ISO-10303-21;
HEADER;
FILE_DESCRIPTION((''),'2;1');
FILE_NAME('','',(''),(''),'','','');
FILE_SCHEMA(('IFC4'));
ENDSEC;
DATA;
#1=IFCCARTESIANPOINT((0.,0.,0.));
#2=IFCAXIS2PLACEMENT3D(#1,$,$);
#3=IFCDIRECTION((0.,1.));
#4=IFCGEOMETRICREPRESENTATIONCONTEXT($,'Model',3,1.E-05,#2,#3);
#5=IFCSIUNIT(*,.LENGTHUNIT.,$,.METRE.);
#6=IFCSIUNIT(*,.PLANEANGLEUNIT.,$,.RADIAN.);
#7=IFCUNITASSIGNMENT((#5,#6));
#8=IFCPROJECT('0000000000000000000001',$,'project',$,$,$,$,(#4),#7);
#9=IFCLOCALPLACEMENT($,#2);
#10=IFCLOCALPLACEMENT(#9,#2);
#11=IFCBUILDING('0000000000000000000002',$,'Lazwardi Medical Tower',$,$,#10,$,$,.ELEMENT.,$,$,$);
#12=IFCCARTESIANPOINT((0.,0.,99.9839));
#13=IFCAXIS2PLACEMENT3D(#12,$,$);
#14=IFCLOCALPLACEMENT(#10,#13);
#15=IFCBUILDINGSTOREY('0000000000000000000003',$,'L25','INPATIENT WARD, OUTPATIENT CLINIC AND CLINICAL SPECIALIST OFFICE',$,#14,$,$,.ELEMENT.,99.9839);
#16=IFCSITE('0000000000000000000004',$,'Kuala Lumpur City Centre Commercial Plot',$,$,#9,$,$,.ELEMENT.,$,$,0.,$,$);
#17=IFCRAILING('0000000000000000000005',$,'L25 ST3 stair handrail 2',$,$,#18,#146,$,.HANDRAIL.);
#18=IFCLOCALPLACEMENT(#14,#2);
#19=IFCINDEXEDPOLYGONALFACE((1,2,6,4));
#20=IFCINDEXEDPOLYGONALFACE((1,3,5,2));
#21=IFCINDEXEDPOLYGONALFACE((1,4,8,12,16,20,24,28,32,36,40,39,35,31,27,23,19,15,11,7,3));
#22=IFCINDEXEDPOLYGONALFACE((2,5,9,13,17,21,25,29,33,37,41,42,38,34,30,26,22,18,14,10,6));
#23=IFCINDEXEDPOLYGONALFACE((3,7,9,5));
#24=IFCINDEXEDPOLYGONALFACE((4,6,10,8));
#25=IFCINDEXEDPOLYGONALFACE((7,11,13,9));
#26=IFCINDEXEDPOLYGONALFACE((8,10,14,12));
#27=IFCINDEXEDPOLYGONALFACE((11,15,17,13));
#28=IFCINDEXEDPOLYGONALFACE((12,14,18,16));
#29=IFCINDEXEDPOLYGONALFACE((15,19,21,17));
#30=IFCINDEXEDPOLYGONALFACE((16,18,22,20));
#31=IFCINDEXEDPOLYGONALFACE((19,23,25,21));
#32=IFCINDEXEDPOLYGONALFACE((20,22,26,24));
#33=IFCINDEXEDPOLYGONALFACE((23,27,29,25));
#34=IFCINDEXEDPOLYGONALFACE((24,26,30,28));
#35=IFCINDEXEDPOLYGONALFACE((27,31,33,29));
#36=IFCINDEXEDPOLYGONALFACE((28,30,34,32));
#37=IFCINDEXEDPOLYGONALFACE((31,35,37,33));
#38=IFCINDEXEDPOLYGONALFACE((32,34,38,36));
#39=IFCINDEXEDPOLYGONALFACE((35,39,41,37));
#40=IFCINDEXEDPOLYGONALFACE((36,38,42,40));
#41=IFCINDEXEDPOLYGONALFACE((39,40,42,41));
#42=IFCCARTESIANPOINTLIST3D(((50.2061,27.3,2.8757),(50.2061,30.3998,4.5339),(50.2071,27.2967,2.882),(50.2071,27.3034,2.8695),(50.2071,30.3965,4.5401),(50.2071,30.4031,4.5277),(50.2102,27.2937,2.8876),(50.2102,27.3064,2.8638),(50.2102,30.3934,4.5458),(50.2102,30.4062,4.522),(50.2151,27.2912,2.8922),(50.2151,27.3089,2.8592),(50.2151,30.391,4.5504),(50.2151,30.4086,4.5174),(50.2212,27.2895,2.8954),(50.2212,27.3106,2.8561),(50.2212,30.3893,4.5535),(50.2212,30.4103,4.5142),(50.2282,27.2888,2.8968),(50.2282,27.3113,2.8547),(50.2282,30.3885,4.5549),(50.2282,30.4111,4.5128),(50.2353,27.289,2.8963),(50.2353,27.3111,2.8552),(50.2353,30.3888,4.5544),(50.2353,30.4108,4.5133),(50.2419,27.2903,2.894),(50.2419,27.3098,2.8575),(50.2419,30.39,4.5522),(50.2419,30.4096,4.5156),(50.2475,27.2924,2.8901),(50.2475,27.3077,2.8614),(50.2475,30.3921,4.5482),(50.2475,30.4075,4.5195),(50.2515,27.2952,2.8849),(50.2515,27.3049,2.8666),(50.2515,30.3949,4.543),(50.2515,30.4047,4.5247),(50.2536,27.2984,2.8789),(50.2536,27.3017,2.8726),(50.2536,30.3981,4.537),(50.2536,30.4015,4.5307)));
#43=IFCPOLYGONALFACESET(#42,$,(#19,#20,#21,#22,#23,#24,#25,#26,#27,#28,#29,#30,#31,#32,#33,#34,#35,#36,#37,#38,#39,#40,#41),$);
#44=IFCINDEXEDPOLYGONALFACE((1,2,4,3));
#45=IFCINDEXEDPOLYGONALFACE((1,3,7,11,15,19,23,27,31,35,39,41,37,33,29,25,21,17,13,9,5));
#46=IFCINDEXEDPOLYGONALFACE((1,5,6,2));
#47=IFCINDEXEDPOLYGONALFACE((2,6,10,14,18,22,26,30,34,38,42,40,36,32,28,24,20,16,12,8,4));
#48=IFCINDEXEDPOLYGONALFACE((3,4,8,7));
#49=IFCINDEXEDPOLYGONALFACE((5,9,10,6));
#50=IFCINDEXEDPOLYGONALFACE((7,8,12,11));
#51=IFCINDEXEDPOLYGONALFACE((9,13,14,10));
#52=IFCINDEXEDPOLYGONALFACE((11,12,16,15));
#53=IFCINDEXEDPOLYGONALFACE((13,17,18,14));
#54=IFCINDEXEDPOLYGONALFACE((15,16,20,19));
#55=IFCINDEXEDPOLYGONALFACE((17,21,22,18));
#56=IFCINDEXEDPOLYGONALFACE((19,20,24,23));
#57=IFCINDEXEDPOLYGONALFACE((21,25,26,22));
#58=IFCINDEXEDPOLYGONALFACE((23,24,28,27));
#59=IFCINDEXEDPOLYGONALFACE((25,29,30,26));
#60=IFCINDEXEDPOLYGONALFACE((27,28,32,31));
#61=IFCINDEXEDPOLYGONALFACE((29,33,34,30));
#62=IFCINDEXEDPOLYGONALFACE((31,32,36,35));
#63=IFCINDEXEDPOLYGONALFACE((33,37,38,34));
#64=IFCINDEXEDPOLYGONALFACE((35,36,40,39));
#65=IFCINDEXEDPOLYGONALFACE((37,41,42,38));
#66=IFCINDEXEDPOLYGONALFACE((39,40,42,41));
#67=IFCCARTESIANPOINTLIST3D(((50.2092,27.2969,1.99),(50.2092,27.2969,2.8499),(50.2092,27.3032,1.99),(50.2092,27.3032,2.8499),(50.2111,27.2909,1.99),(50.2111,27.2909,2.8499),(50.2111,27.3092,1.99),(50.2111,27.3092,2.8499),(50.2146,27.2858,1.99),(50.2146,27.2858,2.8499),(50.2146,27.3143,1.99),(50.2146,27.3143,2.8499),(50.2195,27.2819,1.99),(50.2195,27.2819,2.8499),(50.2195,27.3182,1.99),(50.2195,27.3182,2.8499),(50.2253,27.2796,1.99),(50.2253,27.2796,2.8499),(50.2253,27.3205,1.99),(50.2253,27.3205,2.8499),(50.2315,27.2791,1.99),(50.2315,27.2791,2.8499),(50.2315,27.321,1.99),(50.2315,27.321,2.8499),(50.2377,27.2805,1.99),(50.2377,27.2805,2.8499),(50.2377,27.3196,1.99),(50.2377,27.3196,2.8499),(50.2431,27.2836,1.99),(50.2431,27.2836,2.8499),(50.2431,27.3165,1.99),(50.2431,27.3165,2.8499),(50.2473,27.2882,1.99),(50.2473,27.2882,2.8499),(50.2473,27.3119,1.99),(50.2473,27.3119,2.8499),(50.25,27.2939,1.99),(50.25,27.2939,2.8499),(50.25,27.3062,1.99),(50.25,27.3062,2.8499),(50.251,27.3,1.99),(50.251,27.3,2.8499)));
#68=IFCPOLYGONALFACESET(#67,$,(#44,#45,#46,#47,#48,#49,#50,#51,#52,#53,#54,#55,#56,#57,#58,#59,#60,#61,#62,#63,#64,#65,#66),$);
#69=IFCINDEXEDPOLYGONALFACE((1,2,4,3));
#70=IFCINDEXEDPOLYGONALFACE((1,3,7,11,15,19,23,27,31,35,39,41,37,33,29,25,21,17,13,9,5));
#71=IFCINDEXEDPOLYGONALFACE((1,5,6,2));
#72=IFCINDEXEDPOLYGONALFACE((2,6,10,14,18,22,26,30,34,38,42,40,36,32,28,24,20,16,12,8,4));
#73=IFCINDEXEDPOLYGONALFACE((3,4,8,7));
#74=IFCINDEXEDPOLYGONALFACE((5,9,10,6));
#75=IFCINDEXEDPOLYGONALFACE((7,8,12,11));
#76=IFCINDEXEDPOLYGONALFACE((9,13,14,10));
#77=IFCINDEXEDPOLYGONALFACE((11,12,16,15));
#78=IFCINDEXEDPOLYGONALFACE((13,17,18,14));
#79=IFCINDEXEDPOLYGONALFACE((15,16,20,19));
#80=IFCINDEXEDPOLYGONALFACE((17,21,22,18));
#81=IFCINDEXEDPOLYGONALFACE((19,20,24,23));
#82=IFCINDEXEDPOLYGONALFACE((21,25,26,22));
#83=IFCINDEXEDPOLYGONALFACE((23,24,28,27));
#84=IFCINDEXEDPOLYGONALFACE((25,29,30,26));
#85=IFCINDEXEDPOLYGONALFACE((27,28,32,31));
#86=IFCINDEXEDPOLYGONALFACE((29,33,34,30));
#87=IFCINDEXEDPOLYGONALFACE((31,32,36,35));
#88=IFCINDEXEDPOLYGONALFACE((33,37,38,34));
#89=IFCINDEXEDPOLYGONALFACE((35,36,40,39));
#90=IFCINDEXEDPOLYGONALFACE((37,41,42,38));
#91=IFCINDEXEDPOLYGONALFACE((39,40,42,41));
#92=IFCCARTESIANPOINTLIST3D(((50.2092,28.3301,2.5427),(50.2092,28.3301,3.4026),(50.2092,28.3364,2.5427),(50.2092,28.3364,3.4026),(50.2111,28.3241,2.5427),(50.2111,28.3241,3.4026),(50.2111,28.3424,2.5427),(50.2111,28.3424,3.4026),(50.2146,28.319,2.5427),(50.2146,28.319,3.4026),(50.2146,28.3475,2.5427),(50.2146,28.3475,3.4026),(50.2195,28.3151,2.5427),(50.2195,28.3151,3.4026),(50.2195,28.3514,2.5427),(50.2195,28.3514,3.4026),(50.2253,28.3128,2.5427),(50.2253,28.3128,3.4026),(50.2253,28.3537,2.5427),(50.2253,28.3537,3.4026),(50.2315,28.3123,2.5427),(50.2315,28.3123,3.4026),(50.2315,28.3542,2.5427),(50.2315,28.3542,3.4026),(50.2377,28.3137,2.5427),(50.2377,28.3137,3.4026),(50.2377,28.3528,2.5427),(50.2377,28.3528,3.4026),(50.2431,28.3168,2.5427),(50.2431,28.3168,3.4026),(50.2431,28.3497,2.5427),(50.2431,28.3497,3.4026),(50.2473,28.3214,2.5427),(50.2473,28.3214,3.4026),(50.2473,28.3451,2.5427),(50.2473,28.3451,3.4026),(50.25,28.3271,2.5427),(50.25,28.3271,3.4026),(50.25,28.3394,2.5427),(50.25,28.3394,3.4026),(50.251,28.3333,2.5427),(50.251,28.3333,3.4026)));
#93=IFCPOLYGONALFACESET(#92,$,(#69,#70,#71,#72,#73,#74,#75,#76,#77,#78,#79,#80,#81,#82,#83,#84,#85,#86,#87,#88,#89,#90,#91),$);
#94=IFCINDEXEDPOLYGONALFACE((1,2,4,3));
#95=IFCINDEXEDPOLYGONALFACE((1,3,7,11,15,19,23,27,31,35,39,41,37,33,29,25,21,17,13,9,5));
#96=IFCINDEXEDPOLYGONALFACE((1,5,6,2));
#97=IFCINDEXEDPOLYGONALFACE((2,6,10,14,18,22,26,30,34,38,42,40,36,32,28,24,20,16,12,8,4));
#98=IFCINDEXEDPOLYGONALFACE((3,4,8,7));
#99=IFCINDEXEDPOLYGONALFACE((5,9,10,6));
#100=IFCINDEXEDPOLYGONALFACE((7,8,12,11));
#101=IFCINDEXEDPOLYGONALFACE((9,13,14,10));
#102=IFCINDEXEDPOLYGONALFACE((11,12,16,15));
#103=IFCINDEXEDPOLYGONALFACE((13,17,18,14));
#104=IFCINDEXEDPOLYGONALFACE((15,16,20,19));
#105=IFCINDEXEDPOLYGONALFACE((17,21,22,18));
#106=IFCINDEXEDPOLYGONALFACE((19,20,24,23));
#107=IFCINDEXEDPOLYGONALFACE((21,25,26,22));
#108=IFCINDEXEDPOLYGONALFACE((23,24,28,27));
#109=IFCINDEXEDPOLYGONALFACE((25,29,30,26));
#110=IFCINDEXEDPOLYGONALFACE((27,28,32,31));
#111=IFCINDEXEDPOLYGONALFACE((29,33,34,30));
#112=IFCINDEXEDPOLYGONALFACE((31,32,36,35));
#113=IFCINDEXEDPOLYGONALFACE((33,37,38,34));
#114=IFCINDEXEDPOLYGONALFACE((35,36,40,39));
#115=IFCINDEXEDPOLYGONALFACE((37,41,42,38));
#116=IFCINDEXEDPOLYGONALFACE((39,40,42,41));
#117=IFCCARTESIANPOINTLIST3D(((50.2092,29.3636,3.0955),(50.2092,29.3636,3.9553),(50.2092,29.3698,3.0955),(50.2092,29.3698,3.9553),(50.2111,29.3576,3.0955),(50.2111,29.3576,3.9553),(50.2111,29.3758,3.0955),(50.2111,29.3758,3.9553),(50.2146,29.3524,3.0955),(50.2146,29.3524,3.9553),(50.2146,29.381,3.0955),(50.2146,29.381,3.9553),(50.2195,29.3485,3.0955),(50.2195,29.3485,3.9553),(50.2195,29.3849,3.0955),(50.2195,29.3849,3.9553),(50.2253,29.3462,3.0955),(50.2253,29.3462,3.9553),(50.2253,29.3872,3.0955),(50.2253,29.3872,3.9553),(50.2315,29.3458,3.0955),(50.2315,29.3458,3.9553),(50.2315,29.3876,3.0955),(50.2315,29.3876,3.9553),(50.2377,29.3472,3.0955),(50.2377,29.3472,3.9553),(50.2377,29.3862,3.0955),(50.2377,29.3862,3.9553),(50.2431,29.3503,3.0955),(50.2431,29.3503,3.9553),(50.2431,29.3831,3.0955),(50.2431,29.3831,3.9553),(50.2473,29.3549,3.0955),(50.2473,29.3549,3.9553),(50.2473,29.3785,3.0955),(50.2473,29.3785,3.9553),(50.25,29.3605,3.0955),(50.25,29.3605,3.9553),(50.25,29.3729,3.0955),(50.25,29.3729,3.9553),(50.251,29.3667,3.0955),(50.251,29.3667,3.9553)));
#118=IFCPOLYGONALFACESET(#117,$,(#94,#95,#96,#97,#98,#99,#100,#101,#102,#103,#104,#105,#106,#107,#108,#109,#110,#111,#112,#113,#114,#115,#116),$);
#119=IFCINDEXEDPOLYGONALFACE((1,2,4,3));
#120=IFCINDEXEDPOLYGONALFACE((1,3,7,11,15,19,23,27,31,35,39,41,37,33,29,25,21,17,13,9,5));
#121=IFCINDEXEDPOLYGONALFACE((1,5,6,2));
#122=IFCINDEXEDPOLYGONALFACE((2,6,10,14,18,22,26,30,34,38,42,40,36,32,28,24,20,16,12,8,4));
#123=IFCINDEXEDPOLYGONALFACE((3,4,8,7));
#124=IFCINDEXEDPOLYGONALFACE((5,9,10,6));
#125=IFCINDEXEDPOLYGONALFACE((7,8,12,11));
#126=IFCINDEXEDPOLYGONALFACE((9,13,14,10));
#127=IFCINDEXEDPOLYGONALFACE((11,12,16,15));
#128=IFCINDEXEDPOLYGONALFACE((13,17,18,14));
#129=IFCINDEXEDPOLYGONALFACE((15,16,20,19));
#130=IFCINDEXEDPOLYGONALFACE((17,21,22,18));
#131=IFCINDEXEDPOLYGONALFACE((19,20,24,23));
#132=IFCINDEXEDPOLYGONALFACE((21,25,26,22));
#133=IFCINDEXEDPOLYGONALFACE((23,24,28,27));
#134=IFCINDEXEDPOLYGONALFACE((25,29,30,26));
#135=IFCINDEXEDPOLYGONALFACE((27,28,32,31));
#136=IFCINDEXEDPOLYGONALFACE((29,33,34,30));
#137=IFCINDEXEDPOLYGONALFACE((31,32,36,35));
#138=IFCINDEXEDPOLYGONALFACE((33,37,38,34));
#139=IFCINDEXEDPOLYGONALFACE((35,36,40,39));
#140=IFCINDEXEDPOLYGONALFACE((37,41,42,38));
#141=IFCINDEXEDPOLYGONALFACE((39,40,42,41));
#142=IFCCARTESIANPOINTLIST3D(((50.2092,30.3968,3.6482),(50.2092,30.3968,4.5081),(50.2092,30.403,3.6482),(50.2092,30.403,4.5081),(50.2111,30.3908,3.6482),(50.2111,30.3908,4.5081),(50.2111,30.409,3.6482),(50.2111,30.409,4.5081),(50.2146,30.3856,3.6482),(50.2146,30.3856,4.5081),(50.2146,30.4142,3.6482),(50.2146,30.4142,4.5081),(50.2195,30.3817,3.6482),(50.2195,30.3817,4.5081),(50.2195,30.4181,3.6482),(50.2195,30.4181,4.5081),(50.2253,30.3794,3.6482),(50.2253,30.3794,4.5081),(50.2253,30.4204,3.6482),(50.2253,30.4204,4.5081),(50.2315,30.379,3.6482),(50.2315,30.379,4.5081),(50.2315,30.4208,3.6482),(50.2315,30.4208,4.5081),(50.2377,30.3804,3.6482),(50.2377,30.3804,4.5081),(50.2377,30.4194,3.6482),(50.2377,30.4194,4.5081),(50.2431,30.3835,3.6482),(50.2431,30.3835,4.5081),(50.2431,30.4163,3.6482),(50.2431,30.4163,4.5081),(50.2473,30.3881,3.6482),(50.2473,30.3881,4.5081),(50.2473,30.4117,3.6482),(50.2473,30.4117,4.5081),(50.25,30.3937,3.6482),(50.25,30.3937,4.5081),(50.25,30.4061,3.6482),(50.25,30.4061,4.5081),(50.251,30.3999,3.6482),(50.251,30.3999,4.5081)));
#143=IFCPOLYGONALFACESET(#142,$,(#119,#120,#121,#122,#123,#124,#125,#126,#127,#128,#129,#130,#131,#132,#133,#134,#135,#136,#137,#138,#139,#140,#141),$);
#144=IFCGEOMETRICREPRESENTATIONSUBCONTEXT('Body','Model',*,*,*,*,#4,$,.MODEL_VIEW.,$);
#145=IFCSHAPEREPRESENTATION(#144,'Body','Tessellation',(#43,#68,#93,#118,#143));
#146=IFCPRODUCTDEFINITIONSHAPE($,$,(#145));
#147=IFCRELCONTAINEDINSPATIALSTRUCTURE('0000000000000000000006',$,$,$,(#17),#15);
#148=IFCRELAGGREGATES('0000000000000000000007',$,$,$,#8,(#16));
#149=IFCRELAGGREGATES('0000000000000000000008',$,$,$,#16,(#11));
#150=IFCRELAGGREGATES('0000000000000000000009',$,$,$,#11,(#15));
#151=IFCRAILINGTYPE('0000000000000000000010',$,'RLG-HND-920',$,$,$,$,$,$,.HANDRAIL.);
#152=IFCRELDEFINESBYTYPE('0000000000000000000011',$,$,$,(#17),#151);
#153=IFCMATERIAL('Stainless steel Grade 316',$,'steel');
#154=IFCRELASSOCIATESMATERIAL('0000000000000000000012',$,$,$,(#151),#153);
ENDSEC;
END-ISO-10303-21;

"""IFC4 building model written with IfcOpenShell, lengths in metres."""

from ifc_helpers import new_model, si_unit, direction, frame, origin, origin_2d, place, context, subcontext, project, spatial, circle, extrude, material, type_object, element, save


model = new_model("IFC4")

# Units and contexts
model_context = context("Model", 3, precision=1e-05, world=origin(), true_north=direction((0.0, 1.0)))
body_context = subcontext(model_context, "Body", "Model", "MODEL_VIEW")
ifc_project = project(units=[si_unit("LENGTHUNIT", "METRE"), si_unit("PLANEANGLEUNIT", "RADIAN")], contexts=[model_context])

# Site, building, storey
site_placement = place(None, origin())
site = spatial("IfcSite", under=ifc_project, at=site_placement, Name="Kuala Lumpur City Centre Commercial Plot", CompositionType="ELEMENT", RefElevation=0.0)
building_placement = place(site_placement, origin())
building = spatial("IfcBuilding", under=site, at=building_placement, Name="Lazwardi Medical Tower", CompositionType="ELEMENT")
storey_placement = place(building_placement, frame((0.0, 0.0, 99.9839)))
storey = spatial("IfcBuildingStorey", under=building, at=storey_placement, Name="L25", Description="INPATIENT WARD, OUTPATIENT CLINIC AND CLINICAL SPECIALIST OFFICE", CompositionType="ELEMENT", Elevation=99.9839)

# Railing
ifc_material_1 = material(Name="Stainless steel Grade 316", Category="steel")
railing_type_1 = type_object("IfcRailingType", Name="RLG-HND-920", PredefinedType="HANDRAIL", material=ifc_material_1)
railing_1_placement = place(storey_placement, frame((50.23, 27.3, 1.99)))
element("IfcRailing", 1, at=railing_1_placement, inside=storey, type_object=railing_type_1, Name="L25 ST3 stair handrail 2", PredefinedType="HANDRAIL", context=body_context, shape_type="SweptSolid", body=[
    extrude(circle(Radius=0.0239, at=origin_2d()), frame((0.0, 0.0, 0.8857), z_axis=(0.0, 0.881768, 0.471684), x_axis=(-1.0, 0.0, 0.0)), (0.0, 0.0, 1.0), 3.5154),
    extrude(circle(Radius=0.021, at=origin_2d()), origin(), (0.0, 0.0, 1.0), 0.8599),
    extrude(circle(Radius=0.021, at=origin_2d()), frame((0.0, 1.0332, 0.5527)), (0.0, 0.0, 1.0), 0.8599),
    extrude(circle(Radius=0.021, at=origin_2d()), frame((0.0, 2.0667, 1.1055)), (0.0, 0.0, 1.0), 0.8599),
    extrude(circle(Radius=0.021, at=origin_2d()), frame((0.0, 3.0999, 1.6582)), (0.0, 0.0, 1.0), 0.8599),
])

save(model, "model.ifc")
